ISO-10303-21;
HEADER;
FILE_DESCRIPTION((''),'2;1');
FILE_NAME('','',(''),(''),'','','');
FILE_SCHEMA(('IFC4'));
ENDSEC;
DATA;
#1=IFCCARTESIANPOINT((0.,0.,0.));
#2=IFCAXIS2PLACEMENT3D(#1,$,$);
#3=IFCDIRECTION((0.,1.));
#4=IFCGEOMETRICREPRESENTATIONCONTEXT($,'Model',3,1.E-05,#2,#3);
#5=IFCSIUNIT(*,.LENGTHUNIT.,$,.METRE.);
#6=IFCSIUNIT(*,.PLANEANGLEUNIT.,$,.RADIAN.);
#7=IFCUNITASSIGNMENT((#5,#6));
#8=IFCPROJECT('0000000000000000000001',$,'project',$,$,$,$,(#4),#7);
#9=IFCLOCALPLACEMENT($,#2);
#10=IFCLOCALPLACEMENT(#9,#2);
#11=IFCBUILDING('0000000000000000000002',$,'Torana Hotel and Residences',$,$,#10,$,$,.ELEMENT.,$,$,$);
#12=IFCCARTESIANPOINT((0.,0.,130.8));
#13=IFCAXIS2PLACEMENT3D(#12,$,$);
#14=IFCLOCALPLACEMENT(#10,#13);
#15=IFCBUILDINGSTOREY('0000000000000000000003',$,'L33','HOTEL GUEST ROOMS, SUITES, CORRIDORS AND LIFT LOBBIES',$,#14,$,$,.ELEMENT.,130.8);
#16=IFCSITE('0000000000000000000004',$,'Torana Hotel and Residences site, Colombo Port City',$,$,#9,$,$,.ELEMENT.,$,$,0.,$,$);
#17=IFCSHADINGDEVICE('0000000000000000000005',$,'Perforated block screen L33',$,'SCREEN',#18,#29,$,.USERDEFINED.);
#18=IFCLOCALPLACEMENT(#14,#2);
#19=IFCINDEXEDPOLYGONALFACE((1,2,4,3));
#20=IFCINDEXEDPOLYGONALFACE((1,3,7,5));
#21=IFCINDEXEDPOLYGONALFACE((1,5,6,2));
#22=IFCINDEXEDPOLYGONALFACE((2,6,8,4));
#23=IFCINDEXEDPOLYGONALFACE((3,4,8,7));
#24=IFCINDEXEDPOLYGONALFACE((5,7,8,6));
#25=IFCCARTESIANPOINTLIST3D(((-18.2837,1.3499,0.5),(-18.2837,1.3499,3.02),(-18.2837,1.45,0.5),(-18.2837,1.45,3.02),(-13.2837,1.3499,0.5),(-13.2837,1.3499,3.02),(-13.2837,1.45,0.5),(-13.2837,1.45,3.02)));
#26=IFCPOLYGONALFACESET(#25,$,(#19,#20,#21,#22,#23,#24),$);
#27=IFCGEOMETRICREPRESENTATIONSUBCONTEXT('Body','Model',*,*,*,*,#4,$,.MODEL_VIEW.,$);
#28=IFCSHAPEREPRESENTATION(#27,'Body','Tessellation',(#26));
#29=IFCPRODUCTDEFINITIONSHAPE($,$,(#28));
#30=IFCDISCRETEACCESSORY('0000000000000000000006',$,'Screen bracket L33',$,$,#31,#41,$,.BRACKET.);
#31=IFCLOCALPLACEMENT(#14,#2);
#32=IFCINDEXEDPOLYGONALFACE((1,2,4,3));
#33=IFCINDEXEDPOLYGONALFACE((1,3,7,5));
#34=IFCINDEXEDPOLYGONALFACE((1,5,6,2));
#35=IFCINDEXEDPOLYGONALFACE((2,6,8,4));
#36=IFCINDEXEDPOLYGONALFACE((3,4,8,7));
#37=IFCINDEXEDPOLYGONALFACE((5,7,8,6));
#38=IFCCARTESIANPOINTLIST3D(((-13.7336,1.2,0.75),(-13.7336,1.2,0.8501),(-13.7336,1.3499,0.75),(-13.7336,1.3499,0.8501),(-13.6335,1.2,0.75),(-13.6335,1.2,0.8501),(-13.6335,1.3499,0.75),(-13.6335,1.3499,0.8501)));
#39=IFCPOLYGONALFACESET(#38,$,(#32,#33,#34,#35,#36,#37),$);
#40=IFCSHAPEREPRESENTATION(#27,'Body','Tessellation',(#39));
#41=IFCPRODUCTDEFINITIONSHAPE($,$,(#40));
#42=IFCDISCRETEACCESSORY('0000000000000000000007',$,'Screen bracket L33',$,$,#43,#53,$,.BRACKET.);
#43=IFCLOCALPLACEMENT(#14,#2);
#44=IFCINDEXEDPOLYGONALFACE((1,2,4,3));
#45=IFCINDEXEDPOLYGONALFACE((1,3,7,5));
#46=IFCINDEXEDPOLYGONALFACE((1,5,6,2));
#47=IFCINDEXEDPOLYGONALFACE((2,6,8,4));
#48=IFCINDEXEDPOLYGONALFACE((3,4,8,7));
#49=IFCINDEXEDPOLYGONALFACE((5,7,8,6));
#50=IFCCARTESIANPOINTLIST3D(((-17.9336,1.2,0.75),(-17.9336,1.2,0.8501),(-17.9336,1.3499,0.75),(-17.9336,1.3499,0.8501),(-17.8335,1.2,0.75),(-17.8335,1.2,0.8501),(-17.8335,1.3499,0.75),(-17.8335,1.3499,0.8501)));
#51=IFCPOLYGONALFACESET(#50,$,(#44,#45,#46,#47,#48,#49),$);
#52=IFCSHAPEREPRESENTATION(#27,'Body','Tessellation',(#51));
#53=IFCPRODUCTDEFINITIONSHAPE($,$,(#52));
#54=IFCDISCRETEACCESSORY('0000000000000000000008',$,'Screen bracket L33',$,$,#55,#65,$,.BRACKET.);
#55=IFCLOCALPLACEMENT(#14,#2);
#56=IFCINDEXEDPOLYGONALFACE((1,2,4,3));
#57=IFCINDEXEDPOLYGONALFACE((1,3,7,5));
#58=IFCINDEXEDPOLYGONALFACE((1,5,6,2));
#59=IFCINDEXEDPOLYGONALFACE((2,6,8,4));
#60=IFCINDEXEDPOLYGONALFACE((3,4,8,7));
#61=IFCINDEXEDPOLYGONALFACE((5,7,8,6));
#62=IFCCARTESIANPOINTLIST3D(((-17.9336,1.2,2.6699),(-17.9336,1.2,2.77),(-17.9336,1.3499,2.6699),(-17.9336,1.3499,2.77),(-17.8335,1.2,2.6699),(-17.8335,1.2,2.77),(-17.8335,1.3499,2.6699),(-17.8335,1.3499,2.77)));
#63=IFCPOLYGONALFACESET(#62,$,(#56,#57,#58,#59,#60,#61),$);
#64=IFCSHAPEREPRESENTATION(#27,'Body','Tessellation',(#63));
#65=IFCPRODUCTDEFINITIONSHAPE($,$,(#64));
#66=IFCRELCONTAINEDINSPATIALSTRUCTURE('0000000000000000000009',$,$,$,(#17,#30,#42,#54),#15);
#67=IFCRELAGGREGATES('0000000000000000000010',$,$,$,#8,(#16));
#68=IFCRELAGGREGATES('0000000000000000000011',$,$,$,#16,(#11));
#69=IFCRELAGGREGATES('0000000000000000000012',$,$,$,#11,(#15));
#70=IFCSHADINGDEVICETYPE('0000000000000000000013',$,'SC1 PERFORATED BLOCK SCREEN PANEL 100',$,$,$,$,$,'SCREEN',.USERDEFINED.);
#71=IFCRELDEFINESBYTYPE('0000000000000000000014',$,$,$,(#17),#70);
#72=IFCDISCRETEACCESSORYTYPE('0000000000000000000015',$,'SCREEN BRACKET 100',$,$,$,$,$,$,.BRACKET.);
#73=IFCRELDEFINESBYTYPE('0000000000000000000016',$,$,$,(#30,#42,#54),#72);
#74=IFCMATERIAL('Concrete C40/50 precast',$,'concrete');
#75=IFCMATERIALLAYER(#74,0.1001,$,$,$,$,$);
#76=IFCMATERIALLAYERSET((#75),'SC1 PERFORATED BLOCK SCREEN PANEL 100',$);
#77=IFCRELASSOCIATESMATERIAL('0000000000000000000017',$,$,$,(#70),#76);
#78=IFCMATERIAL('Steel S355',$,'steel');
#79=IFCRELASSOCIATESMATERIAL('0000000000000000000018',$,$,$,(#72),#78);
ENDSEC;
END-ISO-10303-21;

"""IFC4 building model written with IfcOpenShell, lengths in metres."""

from ifc_helpers import new_model, si_unit, direction, frame, origin, origin_2d, place, context, subcontext, project, spatial, rectangle, extrude, material, layer, layer_set, type_object, element, save


model = new_model("IFC4")

# Units and contexts
model_context = context("Model", 3, precision=1e-05, world=origin(), true_north=direction((0.0, 1.0)))
body_context = subcontext(model_context, "Body", "Model", "MODEL_VIEW")
ifc_project = project(units=[si_unit("LENGTHUNIT", "METRE"), si_unit("PLANEANGLEUNIT", "RADIAN")], contexts=[model_context])

# Site, building, storey
site_placement = place(None, origin())
site = spatial("IfcSite", under=ifc_project, at=site_placement, Name="Torana Hotel and Residences site, Colombo Port City", CompositionType="ELEMENT", RefElevation=0.0)
building_placement = place(site_placement, origin())
building = spatial("IfcBuilding", under=site, at=building_placement, Name="Torana Hotel and Residences", CompositionType="ELEMENT")
storey_placement = place(building_placement, frame((0.0, 0.0, 130.8)))
storey = spatial("IfcBuildingStorey", under=building, at=storey_placement, Name="L33", Description="HOTEL GUEST ROOMS, SUITES, CORRIDORS AND LIFT LOBBIES", CompositionType="ELEMENT", Elevation=130.8)

# Shading device
ifc_material_1 = material(Name="Concrete C40/50 precast", Category="concrete")
ifc_layer_1 = layer(ifc_material_1, 0.1001)
ifc_layer_set_1 = layer_set([ifc_layer_1], Name="SC1 PERFORATED BLOCK SCREEN PANEL 100")
shading_device_type = type_object("IfcShadingDeviceType", Name="SC1 PERFORATED BLOCK SCREEN PANEL 100", ElementType="SCREEN", PredefinedType="USERDEFINED", material=ifc_layer_set_1)
shading_device_placement = place(storey_placement, frame((-15.7837, 1.3999, 0.5), z_axis=(0.0, 0.0, 1.0), x_axis=(-1.0, 0.0, 0.0)))
element("IfcShadingDevice", 1, at=shading_device_placement, inside=storey, type_object=shading_device_type, Name="Perforated block screen L33", ObjectType="SCREEN", PredefinedType="USERDEFINED", context=body_context, shape_type="SweptSolid", body=[
    extrude(rectangle(XDim=5.0, YDim=0.1001, at=origin_2d()), origin(), (0.0, 0.0, 1.0), 2.52),
])

# Discrete accessories
ifc_material_2 = material(Name="Steel S355", Category="steel")
discrete_accessory_type = type_object("IfcDiscreteAccessoryType", Name="SCREEN BRACKET 100", PredefinedType="BRACKET", material=ifc_material_2)
for number, where, z_axis, x_axis, name in (
    (2, (-13.6836, 1.2749, 0.75), (0.0, 0.0, 1.0), (-1.0, 0.0, 0.0), "Screen bracket L33"),
    (3, (-17.8835, 1.2749, 0.75), (0.0, 0.0, 1.0), (-1.0, 0.0, 0.0), "Screen bracket L33"),
    (4, (-17.8835, 1.2749, 2.6699), (0.0, 0.0, 1.0), (-1.0, 0.0, 0.0), "Screen bracket L33"),
):
    element("IfcDiscreteAccessory", number, at=place(storey_placement, frame(where, z_axis=z_axis, x_axis=x_axis)), inside=storey, type_object=discrete_accessory_type, Name=name, PredefinedType="BRACKET", context=body_context, shape_type="SweptSolid", body=[
        extrude(rectangle(XDim=0.1001, YDim=0.1499, at=origin_2d()), origin(), (0.0, 0.0, 1.0), 0.1001),
    ])

save(model, "model.ifc")
